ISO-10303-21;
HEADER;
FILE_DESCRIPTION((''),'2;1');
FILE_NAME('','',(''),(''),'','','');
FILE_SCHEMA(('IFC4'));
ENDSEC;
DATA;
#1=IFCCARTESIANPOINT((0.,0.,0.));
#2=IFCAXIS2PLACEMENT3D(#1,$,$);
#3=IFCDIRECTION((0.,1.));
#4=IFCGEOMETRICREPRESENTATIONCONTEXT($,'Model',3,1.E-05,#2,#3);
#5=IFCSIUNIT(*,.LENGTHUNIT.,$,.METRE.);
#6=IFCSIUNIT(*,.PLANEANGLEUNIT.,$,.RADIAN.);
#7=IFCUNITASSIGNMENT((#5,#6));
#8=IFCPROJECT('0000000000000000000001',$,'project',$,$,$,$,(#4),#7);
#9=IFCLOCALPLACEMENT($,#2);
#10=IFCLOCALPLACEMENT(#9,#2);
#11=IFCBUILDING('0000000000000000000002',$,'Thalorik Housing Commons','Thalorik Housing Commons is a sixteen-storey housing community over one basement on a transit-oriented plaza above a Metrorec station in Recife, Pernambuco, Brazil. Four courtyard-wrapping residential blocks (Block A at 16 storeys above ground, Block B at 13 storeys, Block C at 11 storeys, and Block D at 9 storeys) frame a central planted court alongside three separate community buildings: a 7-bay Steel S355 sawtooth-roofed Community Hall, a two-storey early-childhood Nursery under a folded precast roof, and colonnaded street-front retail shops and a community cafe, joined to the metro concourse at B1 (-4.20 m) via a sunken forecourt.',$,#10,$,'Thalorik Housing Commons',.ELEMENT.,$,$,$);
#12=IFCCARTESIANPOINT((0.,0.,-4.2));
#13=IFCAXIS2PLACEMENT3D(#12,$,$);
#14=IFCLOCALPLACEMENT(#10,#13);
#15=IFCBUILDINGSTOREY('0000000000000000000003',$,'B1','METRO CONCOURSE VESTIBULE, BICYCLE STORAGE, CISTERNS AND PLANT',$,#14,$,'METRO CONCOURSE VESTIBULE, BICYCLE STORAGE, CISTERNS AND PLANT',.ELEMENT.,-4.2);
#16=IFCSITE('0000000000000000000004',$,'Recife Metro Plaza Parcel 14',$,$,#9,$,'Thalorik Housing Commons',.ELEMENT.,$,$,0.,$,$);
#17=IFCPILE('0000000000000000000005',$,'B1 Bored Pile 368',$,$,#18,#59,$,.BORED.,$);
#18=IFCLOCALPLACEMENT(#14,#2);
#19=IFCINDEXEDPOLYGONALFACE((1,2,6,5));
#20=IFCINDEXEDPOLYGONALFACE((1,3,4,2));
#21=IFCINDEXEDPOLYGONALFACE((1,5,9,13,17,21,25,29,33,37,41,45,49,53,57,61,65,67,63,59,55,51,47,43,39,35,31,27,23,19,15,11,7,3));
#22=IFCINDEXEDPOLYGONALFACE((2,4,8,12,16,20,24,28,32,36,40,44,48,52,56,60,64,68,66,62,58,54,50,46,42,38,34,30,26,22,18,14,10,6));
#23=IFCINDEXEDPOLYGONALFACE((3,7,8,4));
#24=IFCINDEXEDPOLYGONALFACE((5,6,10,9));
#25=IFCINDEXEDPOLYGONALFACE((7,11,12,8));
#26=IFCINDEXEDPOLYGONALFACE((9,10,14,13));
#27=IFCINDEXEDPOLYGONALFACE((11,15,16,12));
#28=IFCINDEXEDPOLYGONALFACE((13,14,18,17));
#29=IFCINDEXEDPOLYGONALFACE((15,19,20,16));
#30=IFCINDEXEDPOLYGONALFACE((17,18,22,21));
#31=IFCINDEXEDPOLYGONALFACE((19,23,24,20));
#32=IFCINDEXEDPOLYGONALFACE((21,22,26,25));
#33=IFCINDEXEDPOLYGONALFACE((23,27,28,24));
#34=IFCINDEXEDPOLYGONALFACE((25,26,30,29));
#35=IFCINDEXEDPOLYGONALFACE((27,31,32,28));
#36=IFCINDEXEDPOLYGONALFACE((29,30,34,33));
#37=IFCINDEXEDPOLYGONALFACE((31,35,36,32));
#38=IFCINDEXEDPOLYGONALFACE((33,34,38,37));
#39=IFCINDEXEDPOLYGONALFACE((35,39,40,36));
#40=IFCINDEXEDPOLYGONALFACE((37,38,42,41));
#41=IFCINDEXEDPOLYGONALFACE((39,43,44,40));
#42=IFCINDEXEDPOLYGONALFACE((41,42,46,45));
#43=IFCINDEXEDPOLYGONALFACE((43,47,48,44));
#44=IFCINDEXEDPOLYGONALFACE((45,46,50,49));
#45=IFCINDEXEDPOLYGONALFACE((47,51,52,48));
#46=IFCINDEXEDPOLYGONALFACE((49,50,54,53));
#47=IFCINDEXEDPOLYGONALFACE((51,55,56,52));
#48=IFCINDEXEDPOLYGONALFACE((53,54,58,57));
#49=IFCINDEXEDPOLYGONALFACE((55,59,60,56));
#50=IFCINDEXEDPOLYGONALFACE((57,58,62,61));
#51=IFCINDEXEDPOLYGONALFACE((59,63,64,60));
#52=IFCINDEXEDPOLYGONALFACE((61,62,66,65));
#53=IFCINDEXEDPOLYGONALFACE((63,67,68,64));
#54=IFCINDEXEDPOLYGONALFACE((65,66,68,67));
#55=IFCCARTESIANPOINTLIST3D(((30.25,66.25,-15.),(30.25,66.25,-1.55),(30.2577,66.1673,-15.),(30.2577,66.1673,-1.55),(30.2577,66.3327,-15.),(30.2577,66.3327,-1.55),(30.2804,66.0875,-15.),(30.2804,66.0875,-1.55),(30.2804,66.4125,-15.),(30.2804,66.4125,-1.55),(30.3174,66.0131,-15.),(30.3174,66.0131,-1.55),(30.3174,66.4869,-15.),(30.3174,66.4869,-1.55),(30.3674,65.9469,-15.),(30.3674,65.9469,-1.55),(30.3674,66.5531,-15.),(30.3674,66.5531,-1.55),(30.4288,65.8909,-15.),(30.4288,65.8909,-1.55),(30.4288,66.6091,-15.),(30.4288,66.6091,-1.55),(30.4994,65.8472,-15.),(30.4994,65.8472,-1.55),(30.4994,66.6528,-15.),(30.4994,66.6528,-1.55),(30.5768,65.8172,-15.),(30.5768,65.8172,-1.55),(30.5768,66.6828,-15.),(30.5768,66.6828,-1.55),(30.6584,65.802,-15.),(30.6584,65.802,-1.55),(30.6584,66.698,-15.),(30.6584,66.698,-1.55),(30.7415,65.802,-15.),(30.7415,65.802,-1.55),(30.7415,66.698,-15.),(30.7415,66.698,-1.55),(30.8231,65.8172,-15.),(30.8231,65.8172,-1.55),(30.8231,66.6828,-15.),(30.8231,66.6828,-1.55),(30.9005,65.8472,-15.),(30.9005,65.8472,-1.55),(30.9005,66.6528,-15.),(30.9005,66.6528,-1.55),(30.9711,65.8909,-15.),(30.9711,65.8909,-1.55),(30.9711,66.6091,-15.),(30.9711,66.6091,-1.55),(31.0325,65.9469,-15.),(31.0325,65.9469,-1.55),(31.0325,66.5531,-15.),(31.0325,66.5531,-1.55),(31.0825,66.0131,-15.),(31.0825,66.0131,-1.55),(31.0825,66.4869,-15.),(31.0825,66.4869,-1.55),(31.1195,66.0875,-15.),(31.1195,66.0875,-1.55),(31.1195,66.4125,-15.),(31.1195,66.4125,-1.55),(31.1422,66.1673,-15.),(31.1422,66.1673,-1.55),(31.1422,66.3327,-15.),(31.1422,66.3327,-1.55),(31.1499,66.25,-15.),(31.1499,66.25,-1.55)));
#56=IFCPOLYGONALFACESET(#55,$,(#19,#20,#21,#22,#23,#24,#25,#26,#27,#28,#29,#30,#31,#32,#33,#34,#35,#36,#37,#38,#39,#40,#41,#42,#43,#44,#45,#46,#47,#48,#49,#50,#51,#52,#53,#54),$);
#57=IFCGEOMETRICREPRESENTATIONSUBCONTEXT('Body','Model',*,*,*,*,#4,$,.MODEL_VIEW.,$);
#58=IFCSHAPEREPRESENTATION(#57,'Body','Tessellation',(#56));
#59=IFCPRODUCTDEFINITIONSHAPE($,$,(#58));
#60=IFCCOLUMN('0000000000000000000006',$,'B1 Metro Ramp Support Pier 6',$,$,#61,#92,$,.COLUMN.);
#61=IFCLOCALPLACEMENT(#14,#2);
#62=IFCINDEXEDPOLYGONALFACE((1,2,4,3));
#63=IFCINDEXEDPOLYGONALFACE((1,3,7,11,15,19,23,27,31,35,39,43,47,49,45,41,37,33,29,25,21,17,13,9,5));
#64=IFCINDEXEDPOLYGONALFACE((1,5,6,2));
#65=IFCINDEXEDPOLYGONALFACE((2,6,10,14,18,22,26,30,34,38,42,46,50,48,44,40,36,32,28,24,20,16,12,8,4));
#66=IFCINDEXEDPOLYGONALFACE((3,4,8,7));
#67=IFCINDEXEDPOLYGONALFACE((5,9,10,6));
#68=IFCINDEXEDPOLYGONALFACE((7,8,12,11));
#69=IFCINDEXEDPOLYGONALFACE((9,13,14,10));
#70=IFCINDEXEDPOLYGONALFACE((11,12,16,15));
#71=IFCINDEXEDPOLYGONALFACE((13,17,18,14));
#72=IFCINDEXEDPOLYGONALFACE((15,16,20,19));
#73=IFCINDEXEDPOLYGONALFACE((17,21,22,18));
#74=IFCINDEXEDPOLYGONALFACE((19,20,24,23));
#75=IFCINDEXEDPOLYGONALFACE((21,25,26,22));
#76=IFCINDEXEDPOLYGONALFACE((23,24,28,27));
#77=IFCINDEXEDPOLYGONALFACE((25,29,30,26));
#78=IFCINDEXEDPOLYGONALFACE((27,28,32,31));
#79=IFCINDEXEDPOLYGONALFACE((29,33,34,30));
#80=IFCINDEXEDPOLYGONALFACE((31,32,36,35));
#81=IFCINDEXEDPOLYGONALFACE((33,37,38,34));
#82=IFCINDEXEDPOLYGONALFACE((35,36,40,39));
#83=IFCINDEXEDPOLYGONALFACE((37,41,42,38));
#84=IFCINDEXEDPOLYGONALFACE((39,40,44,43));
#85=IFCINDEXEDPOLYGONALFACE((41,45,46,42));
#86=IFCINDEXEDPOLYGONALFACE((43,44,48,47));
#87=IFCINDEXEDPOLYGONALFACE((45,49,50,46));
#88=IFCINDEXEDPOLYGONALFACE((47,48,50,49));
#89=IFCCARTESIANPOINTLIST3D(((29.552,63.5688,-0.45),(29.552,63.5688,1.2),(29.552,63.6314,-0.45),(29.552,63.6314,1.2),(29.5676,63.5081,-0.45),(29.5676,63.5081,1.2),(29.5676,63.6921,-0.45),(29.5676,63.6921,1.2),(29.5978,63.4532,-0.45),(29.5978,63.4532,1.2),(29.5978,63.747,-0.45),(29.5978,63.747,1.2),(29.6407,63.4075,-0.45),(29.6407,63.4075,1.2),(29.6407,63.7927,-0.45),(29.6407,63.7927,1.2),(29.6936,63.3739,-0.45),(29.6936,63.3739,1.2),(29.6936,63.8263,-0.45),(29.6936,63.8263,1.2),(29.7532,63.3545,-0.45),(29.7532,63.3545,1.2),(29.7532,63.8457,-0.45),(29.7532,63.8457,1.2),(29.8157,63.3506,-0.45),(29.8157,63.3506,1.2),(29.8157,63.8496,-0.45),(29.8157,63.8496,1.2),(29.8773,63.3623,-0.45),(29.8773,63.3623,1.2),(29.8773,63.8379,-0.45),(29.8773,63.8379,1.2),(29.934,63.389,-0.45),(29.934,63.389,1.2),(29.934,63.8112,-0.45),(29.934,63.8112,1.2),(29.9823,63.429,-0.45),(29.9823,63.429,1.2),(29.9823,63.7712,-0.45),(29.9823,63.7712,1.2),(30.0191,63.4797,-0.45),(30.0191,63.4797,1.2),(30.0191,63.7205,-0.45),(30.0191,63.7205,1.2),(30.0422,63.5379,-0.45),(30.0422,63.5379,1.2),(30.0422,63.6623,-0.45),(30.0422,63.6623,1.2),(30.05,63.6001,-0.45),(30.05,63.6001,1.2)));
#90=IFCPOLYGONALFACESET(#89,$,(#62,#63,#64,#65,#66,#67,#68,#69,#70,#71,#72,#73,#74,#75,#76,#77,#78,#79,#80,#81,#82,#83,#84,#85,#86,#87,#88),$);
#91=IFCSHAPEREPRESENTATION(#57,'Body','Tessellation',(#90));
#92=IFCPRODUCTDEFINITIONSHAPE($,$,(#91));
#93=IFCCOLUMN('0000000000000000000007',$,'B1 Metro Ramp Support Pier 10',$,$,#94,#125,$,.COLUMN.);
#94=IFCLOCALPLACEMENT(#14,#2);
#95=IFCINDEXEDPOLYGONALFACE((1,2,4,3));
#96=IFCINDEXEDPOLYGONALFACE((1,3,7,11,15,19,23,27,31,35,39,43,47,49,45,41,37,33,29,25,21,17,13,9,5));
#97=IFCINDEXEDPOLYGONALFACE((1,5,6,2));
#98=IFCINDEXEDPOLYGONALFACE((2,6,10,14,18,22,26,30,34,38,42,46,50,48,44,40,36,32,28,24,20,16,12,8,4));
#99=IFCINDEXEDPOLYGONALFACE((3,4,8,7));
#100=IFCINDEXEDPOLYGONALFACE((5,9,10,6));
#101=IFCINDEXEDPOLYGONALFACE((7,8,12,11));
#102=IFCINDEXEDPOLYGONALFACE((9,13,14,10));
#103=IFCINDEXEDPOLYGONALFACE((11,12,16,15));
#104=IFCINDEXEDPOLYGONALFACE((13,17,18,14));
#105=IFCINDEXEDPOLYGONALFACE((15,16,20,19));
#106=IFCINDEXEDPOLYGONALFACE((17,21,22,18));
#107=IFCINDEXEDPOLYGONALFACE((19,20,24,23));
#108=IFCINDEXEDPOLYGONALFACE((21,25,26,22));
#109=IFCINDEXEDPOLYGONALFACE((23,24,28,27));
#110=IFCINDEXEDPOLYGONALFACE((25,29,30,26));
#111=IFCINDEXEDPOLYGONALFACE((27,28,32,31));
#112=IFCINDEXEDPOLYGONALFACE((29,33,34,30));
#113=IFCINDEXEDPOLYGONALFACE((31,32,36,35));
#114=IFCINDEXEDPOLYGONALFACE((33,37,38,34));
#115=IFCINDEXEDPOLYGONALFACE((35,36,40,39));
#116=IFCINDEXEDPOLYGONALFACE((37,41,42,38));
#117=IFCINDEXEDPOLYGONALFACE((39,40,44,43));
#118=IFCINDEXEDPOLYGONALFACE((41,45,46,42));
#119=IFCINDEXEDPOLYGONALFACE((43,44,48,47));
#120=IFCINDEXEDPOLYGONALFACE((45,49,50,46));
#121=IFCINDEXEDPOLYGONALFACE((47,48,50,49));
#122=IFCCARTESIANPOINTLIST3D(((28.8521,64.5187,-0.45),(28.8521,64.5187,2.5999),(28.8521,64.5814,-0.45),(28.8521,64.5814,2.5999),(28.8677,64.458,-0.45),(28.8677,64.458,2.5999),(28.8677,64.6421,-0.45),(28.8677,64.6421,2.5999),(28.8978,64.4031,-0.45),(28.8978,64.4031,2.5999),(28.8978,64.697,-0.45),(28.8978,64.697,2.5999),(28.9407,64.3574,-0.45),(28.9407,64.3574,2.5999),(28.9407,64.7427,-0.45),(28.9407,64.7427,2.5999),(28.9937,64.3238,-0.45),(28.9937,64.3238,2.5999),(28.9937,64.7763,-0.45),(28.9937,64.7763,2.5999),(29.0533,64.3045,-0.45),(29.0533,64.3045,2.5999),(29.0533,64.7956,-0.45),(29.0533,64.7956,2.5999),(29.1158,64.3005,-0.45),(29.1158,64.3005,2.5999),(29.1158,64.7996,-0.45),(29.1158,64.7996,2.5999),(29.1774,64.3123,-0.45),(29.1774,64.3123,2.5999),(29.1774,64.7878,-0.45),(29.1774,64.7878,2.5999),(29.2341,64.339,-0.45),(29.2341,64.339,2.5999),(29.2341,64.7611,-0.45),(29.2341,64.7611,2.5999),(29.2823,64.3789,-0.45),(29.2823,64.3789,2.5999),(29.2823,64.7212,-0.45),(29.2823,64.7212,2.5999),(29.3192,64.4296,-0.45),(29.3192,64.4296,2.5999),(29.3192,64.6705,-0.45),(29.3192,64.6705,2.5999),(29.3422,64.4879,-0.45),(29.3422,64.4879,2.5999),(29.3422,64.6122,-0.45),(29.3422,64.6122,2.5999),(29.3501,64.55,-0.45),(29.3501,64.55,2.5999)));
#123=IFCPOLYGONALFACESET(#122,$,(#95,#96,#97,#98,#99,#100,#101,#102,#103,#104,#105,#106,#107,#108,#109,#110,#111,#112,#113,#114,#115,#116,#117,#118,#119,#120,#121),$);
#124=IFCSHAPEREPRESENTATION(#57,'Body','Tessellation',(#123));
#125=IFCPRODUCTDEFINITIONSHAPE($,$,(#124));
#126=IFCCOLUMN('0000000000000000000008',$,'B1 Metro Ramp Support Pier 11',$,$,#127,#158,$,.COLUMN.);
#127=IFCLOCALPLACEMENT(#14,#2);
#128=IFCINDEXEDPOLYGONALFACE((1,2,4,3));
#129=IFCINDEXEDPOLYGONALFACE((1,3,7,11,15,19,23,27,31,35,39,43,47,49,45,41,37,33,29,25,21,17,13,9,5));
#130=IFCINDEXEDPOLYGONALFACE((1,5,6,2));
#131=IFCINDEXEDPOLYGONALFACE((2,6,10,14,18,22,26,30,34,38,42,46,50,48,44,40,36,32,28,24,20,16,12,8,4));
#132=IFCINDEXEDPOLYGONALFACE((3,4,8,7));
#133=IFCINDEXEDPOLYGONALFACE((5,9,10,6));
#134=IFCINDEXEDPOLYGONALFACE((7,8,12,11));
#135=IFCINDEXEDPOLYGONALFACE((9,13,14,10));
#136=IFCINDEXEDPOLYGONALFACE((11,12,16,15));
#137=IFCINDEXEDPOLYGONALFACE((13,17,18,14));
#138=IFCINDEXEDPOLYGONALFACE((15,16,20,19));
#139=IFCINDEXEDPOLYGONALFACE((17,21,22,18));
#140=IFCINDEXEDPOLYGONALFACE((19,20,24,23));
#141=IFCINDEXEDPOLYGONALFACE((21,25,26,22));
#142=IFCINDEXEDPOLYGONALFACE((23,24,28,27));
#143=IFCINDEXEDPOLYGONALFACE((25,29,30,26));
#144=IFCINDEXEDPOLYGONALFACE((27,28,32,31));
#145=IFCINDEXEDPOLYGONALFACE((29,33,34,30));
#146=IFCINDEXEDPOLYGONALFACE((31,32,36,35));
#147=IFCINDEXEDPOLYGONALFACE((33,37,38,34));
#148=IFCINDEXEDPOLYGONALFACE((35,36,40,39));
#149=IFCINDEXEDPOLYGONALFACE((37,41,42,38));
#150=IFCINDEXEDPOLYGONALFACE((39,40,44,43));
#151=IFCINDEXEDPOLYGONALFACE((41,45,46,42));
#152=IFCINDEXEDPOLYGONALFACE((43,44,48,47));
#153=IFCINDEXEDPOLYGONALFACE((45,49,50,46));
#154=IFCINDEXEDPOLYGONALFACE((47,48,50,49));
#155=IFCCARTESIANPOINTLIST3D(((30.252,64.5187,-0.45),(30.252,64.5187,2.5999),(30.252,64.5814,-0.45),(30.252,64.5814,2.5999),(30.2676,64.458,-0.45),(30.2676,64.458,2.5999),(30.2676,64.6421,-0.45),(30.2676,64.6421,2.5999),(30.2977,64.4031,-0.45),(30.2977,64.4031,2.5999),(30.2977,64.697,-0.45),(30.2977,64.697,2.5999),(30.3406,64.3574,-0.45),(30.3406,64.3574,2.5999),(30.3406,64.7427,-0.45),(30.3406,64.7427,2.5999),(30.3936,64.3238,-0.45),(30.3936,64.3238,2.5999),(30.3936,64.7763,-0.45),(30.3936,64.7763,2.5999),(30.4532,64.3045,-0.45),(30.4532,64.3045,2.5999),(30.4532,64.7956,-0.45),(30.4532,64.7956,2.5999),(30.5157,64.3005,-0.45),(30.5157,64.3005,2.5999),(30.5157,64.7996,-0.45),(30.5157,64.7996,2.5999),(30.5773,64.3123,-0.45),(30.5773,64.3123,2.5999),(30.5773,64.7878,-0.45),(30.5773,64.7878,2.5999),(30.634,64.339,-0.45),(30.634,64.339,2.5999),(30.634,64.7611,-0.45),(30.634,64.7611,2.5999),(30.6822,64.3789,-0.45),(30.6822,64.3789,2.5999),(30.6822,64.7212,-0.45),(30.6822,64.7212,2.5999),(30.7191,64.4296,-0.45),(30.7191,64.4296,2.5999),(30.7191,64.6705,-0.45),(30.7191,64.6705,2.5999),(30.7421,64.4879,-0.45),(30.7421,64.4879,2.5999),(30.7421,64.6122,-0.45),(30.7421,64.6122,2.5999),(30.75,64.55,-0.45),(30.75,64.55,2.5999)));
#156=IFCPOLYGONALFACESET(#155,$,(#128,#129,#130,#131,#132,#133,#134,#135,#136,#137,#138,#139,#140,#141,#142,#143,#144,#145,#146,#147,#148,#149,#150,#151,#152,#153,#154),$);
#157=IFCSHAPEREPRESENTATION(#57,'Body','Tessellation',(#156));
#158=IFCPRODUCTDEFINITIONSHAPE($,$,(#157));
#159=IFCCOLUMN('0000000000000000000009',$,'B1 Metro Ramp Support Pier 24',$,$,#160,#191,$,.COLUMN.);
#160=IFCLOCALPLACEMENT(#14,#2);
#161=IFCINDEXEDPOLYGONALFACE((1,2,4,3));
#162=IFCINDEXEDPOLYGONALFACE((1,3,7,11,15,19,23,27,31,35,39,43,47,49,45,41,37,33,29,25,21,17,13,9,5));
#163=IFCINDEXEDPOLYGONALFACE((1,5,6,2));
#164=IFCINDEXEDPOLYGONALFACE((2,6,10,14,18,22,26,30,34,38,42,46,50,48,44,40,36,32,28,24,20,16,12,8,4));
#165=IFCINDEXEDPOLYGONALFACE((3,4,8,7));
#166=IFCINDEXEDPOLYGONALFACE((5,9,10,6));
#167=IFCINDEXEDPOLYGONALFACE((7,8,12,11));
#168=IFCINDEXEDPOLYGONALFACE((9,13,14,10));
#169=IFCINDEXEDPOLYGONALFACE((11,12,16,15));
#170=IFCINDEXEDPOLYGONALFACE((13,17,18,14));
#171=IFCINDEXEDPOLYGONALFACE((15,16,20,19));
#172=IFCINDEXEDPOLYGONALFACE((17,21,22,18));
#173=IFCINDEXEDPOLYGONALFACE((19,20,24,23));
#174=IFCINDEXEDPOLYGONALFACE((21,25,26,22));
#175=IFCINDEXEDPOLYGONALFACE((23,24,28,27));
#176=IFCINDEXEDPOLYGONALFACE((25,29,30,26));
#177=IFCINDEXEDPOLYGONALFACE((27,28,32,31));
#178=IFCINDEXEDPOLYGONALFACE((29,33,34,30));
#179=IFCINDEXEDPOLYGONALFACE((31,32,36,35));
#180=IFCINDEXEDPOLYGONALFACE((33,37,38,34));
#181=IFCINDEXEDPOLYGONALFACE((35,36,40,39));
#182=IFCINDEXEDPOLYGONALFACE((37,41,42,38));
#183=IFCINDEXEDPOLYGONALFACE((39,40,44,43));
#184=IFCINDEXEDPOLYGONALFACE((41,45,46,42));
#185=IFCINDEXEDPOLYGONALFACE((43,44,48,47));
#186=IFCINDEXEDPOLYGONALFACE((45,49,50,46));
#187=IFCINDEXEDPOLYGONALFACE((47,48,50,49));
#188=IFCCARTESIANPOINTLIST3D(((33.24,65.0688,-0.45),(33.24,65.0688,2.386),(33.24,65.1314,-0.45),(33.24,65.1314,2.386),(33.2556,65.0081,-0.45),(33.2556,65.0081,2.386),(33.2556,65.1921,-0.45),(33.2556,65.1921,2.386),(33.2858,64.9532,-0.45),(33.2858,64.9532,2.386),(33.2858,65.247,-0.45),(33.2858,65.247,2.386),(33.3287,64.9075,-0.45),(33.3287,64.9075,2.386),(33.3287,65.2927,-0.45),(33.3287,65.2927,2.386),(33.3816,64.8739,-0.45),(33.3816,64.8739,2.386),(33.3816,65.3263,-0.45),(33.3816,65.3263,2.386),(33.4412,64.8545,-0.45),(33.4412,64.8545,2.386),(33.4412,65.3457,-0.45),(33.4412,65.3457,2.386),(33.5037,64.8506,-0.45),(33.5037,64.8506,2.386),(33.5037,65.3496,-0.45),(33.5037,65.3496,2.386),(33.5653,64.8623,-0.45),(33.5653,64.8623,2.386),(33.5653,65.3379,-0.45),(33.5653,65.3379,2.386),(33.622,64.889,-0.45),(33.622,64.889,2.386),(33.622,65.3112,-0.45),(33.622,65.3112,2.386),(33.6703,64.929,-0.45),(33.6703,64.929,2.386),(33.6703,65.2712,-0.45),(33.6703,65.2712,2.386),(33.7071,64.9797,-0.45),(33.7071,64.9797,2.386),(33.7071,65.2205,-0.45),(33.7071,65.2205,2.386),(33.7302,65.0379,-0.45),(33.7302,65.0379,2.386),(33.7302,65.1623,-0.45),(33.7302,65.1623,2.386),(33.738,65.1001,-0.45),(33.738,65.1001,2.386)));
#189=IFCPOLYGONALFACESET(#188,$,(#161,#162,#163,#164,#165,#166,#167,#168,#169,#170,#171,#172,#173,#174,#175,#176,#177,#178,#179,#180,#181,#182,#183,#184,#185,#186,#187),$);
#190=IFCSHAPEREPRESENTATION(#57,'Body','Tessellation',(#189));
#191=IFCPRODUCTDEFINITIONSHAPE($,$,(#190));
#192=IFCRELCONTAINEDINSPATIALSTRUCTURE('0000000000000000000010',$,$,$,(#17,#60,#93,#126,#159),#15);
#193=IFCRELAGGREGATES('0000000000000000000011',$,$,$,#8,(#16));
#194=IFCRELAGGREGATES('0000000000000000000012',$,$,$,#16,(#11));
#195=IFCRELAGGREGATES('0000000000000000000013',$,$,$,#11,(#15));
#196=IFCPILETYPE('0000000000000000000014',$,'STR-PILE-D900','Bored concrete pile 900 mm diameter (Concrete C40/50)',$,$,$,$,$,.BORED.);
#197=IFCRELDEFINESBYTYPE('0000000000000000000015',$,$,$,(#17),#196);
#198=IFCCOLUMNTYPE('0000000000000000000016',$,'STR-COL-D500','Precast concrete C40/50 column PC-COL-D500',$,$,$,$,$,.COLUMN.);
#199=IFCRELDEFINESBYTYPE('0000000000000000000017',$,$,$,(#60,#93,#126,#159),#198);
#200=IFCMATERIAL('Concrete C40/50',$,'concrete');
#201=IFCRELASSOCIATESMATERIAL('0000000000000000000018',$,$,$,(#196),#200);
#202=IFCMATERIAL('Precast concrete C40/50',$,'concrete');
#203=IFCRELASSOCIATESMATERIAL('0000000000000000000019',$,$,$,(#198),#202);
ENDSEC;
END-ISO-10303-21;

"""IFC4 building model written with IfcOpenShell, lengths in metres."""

from ifc_helpers import new_model, si_unit, direction, frame, origin, origin_2d, place, context, subcontext, project, spatial, circle, extrude, material, material_profile, profile_set, type_object, element, save


model = new_model("IFC4")

# Units and contexts
model_context = context("Model", 3, precision=1e-05, world=origin(), true_north=direction((0.0, 1.0)))
body_context = subcontext(model_context, "Body", "Model", "MODEL_VIEW")
ifc_project = project(units=[si_unit("LENGTHUNIT", "METRE"), si_unit("PLANEANGLEUNIT", "RADIAN")], contexts=[model_context])

# Site, building, storey
site_placement = place(None, origin())
site = spatial("IfcSite", under=ifc_project, at=site_placement, Name="Recife Metro Plaza Parcel 14", LongName="Thalorik Housing Commons", CompositionType="ELEMENT", RefElevation=0.0)
building_placement = place(site_placement, origin())
building = spatial("IfcBuilding", under=site, at=building_placement, Name="Thalorik Housing Commons", Description="Thalorik Housing Commons is a sixteen-storey housing community over one basement on a transit-oriented plaza above a Metrorec station in Recife, Pernambuco, Brazil. Four courtyard-wrapping residential blocks (Block A at 16 storeys above ground, Block B at 13 storeys, Block C at 11 storeys, and Block D at 9 storeys) frame a central planted court alongside three separate community buildings: a 7-bay Steel S355 sawtooth-roofed Community Hall, a two-storey early-childhood Nursery under a folded precast roof, and colonnaded street-front retail shops and a community cafe, joined to the metro concourse at B1 (-4.20 m) via a sunken forecourt.", LongName="Thalorik Housing Commons", CompositionType="ELEMENT")
storey_placement = place(building_placement, frame((0.0, 0.0, -4.2)))
storey = spatial("IfcBuildingStorey", under=building, at=storey_placement, Name="B1", Description="METRO CONCOURSE VESTIBULE, BICYCLE STORAGE, CISTERNS AND PLANT", LongName="METRO CONCOURSE VESTIBULE, BICYCLE STORAGE, CISTERNS AND PLANT", CompositionType="ELEMENT", Elevation=-4.2)

# Shared definitions
ifc_material_1 = material(Name="Concrete C40/50", Category="concrete")

# Pile
ifc_material_profile_1 = material_profile(ifc_material_1, circle(Radius=0.45, at=origin_2d()), Name="BORED PILE D900", Category="concrete")
ifc_profile_set_1 = profile_set([ifc_material_profile_1], Name="Concrete C40/50")
pile_type_1 = type_object("IfcPileType", Name="STR-PILE-D900", Description="Bored concrete pile 900 mm diameter (Concrete C40/50)", PredefinedType="BORED", material=ifc_profile_set_1)
for number, where, z_axis, x_axis, name in (
    (1, (30.7, 66.25, -1.55), (0.0, 0.0, -1.0), (1.0, 0.0, 0.0), "B1 Bored Pile 368"),
):
    element("IfcPile", number, at=place(storey_placement, frame(where, z_axis=z_axis, x_axis=x_axis)), inside=storey, type_object=pile_type_1, Name=name, PredefinedType="BORED", context=body_context, shape_type="SweptSolid", body=[
        extrude(circle(Radius=0.45, at=origin_2d()), origin(), (0.0, 0.0, 1.0), 13.45),
    ])

# Columns
ifc_material_2 = material(Name="Precast concrete C40/50", Category="concrete")
ifc_material_profile_2 = material_profile(ifc_material_2, circle(Radius=0.25, at=origin_2d()), Name="PC D500", Category="concrete")
ifc_profile_set_2 = profile_set([ifc_material_profile_2], Name="Precast concrete C40/50")
column_type_1 = type_object("IfcColumnType", Name="STR-COL-D500", Description="Precast concrete C40/50 column PC-COL-D500", PredefinedType="COLUMN", material=ifc_profile_set_2)
column_1_placement = place(storey_placement, frame((29.8, 63.6001, -0.45), z_axis=(0.0, 0.0, 1.0), x_axis=(1.0, 0.0, 0.0)))
element("IfcColumn", 2, at=column_1_placement, inside=storey, type_object=column_type_1, Name="B1 Metro Ramp Support Pier 6", PredefinedType="COLUMN", context=body_context, shape_type="SweptSolid", body=[
    extrude(circle(Radius=0.25, at=origin_2d()), origin(), (0.0, 0.0, 1.0), 1.6499),
])
for number, where, z_axis, x_axis, name in (
    (3, (29.1001, 64.55, -0.45), (0.0, 0.0, 1.0), (1.0, 0.0, 0.0), "B1 Metro Ramp Support Pier 10"),
    (4, (30.5, 64.55, -0.45), (0.0, 0.0, 1.0), (1.0, 0.0, 0.0), "B1 Metro Ramp Support Pier 11"),
):
    element("IfcColumn", number, at=place(storey_placement, frame(where, z_axis=z_axis, x_axis=x_axis)), inside=storey, type_object=column_type_1, Name=name, PredefinedType="COLUMN", context=body_context, shape_type="SweptSolid", body=[
        extrude(circle(Radius=0.25, at=origin_2d()), origin(), (0.0, 0.0, 1.0), 3.0498),
    ])
column_2_placement = place(storey_placement, frame((33.488, 65.1001, -0.45), z_axis=(0.0, 0.0, 1.0), x_axis=(1.0, 0.0, 0.0)))
element("IfcColumn", 5, at=column_2_placement, inside=storey, type_object=column_type_1, Name="B1 Metro Ramp Support Pier 24", PredefinedType="COLUMN", context=body_context, shape_type="SweptSolid", body=[
    extrude(circle(Radius=0.25, at=origin_2d()), origin(), (0.0, 0.0, 1.0), 2.8359),
])

save(model, "model.ifc")
